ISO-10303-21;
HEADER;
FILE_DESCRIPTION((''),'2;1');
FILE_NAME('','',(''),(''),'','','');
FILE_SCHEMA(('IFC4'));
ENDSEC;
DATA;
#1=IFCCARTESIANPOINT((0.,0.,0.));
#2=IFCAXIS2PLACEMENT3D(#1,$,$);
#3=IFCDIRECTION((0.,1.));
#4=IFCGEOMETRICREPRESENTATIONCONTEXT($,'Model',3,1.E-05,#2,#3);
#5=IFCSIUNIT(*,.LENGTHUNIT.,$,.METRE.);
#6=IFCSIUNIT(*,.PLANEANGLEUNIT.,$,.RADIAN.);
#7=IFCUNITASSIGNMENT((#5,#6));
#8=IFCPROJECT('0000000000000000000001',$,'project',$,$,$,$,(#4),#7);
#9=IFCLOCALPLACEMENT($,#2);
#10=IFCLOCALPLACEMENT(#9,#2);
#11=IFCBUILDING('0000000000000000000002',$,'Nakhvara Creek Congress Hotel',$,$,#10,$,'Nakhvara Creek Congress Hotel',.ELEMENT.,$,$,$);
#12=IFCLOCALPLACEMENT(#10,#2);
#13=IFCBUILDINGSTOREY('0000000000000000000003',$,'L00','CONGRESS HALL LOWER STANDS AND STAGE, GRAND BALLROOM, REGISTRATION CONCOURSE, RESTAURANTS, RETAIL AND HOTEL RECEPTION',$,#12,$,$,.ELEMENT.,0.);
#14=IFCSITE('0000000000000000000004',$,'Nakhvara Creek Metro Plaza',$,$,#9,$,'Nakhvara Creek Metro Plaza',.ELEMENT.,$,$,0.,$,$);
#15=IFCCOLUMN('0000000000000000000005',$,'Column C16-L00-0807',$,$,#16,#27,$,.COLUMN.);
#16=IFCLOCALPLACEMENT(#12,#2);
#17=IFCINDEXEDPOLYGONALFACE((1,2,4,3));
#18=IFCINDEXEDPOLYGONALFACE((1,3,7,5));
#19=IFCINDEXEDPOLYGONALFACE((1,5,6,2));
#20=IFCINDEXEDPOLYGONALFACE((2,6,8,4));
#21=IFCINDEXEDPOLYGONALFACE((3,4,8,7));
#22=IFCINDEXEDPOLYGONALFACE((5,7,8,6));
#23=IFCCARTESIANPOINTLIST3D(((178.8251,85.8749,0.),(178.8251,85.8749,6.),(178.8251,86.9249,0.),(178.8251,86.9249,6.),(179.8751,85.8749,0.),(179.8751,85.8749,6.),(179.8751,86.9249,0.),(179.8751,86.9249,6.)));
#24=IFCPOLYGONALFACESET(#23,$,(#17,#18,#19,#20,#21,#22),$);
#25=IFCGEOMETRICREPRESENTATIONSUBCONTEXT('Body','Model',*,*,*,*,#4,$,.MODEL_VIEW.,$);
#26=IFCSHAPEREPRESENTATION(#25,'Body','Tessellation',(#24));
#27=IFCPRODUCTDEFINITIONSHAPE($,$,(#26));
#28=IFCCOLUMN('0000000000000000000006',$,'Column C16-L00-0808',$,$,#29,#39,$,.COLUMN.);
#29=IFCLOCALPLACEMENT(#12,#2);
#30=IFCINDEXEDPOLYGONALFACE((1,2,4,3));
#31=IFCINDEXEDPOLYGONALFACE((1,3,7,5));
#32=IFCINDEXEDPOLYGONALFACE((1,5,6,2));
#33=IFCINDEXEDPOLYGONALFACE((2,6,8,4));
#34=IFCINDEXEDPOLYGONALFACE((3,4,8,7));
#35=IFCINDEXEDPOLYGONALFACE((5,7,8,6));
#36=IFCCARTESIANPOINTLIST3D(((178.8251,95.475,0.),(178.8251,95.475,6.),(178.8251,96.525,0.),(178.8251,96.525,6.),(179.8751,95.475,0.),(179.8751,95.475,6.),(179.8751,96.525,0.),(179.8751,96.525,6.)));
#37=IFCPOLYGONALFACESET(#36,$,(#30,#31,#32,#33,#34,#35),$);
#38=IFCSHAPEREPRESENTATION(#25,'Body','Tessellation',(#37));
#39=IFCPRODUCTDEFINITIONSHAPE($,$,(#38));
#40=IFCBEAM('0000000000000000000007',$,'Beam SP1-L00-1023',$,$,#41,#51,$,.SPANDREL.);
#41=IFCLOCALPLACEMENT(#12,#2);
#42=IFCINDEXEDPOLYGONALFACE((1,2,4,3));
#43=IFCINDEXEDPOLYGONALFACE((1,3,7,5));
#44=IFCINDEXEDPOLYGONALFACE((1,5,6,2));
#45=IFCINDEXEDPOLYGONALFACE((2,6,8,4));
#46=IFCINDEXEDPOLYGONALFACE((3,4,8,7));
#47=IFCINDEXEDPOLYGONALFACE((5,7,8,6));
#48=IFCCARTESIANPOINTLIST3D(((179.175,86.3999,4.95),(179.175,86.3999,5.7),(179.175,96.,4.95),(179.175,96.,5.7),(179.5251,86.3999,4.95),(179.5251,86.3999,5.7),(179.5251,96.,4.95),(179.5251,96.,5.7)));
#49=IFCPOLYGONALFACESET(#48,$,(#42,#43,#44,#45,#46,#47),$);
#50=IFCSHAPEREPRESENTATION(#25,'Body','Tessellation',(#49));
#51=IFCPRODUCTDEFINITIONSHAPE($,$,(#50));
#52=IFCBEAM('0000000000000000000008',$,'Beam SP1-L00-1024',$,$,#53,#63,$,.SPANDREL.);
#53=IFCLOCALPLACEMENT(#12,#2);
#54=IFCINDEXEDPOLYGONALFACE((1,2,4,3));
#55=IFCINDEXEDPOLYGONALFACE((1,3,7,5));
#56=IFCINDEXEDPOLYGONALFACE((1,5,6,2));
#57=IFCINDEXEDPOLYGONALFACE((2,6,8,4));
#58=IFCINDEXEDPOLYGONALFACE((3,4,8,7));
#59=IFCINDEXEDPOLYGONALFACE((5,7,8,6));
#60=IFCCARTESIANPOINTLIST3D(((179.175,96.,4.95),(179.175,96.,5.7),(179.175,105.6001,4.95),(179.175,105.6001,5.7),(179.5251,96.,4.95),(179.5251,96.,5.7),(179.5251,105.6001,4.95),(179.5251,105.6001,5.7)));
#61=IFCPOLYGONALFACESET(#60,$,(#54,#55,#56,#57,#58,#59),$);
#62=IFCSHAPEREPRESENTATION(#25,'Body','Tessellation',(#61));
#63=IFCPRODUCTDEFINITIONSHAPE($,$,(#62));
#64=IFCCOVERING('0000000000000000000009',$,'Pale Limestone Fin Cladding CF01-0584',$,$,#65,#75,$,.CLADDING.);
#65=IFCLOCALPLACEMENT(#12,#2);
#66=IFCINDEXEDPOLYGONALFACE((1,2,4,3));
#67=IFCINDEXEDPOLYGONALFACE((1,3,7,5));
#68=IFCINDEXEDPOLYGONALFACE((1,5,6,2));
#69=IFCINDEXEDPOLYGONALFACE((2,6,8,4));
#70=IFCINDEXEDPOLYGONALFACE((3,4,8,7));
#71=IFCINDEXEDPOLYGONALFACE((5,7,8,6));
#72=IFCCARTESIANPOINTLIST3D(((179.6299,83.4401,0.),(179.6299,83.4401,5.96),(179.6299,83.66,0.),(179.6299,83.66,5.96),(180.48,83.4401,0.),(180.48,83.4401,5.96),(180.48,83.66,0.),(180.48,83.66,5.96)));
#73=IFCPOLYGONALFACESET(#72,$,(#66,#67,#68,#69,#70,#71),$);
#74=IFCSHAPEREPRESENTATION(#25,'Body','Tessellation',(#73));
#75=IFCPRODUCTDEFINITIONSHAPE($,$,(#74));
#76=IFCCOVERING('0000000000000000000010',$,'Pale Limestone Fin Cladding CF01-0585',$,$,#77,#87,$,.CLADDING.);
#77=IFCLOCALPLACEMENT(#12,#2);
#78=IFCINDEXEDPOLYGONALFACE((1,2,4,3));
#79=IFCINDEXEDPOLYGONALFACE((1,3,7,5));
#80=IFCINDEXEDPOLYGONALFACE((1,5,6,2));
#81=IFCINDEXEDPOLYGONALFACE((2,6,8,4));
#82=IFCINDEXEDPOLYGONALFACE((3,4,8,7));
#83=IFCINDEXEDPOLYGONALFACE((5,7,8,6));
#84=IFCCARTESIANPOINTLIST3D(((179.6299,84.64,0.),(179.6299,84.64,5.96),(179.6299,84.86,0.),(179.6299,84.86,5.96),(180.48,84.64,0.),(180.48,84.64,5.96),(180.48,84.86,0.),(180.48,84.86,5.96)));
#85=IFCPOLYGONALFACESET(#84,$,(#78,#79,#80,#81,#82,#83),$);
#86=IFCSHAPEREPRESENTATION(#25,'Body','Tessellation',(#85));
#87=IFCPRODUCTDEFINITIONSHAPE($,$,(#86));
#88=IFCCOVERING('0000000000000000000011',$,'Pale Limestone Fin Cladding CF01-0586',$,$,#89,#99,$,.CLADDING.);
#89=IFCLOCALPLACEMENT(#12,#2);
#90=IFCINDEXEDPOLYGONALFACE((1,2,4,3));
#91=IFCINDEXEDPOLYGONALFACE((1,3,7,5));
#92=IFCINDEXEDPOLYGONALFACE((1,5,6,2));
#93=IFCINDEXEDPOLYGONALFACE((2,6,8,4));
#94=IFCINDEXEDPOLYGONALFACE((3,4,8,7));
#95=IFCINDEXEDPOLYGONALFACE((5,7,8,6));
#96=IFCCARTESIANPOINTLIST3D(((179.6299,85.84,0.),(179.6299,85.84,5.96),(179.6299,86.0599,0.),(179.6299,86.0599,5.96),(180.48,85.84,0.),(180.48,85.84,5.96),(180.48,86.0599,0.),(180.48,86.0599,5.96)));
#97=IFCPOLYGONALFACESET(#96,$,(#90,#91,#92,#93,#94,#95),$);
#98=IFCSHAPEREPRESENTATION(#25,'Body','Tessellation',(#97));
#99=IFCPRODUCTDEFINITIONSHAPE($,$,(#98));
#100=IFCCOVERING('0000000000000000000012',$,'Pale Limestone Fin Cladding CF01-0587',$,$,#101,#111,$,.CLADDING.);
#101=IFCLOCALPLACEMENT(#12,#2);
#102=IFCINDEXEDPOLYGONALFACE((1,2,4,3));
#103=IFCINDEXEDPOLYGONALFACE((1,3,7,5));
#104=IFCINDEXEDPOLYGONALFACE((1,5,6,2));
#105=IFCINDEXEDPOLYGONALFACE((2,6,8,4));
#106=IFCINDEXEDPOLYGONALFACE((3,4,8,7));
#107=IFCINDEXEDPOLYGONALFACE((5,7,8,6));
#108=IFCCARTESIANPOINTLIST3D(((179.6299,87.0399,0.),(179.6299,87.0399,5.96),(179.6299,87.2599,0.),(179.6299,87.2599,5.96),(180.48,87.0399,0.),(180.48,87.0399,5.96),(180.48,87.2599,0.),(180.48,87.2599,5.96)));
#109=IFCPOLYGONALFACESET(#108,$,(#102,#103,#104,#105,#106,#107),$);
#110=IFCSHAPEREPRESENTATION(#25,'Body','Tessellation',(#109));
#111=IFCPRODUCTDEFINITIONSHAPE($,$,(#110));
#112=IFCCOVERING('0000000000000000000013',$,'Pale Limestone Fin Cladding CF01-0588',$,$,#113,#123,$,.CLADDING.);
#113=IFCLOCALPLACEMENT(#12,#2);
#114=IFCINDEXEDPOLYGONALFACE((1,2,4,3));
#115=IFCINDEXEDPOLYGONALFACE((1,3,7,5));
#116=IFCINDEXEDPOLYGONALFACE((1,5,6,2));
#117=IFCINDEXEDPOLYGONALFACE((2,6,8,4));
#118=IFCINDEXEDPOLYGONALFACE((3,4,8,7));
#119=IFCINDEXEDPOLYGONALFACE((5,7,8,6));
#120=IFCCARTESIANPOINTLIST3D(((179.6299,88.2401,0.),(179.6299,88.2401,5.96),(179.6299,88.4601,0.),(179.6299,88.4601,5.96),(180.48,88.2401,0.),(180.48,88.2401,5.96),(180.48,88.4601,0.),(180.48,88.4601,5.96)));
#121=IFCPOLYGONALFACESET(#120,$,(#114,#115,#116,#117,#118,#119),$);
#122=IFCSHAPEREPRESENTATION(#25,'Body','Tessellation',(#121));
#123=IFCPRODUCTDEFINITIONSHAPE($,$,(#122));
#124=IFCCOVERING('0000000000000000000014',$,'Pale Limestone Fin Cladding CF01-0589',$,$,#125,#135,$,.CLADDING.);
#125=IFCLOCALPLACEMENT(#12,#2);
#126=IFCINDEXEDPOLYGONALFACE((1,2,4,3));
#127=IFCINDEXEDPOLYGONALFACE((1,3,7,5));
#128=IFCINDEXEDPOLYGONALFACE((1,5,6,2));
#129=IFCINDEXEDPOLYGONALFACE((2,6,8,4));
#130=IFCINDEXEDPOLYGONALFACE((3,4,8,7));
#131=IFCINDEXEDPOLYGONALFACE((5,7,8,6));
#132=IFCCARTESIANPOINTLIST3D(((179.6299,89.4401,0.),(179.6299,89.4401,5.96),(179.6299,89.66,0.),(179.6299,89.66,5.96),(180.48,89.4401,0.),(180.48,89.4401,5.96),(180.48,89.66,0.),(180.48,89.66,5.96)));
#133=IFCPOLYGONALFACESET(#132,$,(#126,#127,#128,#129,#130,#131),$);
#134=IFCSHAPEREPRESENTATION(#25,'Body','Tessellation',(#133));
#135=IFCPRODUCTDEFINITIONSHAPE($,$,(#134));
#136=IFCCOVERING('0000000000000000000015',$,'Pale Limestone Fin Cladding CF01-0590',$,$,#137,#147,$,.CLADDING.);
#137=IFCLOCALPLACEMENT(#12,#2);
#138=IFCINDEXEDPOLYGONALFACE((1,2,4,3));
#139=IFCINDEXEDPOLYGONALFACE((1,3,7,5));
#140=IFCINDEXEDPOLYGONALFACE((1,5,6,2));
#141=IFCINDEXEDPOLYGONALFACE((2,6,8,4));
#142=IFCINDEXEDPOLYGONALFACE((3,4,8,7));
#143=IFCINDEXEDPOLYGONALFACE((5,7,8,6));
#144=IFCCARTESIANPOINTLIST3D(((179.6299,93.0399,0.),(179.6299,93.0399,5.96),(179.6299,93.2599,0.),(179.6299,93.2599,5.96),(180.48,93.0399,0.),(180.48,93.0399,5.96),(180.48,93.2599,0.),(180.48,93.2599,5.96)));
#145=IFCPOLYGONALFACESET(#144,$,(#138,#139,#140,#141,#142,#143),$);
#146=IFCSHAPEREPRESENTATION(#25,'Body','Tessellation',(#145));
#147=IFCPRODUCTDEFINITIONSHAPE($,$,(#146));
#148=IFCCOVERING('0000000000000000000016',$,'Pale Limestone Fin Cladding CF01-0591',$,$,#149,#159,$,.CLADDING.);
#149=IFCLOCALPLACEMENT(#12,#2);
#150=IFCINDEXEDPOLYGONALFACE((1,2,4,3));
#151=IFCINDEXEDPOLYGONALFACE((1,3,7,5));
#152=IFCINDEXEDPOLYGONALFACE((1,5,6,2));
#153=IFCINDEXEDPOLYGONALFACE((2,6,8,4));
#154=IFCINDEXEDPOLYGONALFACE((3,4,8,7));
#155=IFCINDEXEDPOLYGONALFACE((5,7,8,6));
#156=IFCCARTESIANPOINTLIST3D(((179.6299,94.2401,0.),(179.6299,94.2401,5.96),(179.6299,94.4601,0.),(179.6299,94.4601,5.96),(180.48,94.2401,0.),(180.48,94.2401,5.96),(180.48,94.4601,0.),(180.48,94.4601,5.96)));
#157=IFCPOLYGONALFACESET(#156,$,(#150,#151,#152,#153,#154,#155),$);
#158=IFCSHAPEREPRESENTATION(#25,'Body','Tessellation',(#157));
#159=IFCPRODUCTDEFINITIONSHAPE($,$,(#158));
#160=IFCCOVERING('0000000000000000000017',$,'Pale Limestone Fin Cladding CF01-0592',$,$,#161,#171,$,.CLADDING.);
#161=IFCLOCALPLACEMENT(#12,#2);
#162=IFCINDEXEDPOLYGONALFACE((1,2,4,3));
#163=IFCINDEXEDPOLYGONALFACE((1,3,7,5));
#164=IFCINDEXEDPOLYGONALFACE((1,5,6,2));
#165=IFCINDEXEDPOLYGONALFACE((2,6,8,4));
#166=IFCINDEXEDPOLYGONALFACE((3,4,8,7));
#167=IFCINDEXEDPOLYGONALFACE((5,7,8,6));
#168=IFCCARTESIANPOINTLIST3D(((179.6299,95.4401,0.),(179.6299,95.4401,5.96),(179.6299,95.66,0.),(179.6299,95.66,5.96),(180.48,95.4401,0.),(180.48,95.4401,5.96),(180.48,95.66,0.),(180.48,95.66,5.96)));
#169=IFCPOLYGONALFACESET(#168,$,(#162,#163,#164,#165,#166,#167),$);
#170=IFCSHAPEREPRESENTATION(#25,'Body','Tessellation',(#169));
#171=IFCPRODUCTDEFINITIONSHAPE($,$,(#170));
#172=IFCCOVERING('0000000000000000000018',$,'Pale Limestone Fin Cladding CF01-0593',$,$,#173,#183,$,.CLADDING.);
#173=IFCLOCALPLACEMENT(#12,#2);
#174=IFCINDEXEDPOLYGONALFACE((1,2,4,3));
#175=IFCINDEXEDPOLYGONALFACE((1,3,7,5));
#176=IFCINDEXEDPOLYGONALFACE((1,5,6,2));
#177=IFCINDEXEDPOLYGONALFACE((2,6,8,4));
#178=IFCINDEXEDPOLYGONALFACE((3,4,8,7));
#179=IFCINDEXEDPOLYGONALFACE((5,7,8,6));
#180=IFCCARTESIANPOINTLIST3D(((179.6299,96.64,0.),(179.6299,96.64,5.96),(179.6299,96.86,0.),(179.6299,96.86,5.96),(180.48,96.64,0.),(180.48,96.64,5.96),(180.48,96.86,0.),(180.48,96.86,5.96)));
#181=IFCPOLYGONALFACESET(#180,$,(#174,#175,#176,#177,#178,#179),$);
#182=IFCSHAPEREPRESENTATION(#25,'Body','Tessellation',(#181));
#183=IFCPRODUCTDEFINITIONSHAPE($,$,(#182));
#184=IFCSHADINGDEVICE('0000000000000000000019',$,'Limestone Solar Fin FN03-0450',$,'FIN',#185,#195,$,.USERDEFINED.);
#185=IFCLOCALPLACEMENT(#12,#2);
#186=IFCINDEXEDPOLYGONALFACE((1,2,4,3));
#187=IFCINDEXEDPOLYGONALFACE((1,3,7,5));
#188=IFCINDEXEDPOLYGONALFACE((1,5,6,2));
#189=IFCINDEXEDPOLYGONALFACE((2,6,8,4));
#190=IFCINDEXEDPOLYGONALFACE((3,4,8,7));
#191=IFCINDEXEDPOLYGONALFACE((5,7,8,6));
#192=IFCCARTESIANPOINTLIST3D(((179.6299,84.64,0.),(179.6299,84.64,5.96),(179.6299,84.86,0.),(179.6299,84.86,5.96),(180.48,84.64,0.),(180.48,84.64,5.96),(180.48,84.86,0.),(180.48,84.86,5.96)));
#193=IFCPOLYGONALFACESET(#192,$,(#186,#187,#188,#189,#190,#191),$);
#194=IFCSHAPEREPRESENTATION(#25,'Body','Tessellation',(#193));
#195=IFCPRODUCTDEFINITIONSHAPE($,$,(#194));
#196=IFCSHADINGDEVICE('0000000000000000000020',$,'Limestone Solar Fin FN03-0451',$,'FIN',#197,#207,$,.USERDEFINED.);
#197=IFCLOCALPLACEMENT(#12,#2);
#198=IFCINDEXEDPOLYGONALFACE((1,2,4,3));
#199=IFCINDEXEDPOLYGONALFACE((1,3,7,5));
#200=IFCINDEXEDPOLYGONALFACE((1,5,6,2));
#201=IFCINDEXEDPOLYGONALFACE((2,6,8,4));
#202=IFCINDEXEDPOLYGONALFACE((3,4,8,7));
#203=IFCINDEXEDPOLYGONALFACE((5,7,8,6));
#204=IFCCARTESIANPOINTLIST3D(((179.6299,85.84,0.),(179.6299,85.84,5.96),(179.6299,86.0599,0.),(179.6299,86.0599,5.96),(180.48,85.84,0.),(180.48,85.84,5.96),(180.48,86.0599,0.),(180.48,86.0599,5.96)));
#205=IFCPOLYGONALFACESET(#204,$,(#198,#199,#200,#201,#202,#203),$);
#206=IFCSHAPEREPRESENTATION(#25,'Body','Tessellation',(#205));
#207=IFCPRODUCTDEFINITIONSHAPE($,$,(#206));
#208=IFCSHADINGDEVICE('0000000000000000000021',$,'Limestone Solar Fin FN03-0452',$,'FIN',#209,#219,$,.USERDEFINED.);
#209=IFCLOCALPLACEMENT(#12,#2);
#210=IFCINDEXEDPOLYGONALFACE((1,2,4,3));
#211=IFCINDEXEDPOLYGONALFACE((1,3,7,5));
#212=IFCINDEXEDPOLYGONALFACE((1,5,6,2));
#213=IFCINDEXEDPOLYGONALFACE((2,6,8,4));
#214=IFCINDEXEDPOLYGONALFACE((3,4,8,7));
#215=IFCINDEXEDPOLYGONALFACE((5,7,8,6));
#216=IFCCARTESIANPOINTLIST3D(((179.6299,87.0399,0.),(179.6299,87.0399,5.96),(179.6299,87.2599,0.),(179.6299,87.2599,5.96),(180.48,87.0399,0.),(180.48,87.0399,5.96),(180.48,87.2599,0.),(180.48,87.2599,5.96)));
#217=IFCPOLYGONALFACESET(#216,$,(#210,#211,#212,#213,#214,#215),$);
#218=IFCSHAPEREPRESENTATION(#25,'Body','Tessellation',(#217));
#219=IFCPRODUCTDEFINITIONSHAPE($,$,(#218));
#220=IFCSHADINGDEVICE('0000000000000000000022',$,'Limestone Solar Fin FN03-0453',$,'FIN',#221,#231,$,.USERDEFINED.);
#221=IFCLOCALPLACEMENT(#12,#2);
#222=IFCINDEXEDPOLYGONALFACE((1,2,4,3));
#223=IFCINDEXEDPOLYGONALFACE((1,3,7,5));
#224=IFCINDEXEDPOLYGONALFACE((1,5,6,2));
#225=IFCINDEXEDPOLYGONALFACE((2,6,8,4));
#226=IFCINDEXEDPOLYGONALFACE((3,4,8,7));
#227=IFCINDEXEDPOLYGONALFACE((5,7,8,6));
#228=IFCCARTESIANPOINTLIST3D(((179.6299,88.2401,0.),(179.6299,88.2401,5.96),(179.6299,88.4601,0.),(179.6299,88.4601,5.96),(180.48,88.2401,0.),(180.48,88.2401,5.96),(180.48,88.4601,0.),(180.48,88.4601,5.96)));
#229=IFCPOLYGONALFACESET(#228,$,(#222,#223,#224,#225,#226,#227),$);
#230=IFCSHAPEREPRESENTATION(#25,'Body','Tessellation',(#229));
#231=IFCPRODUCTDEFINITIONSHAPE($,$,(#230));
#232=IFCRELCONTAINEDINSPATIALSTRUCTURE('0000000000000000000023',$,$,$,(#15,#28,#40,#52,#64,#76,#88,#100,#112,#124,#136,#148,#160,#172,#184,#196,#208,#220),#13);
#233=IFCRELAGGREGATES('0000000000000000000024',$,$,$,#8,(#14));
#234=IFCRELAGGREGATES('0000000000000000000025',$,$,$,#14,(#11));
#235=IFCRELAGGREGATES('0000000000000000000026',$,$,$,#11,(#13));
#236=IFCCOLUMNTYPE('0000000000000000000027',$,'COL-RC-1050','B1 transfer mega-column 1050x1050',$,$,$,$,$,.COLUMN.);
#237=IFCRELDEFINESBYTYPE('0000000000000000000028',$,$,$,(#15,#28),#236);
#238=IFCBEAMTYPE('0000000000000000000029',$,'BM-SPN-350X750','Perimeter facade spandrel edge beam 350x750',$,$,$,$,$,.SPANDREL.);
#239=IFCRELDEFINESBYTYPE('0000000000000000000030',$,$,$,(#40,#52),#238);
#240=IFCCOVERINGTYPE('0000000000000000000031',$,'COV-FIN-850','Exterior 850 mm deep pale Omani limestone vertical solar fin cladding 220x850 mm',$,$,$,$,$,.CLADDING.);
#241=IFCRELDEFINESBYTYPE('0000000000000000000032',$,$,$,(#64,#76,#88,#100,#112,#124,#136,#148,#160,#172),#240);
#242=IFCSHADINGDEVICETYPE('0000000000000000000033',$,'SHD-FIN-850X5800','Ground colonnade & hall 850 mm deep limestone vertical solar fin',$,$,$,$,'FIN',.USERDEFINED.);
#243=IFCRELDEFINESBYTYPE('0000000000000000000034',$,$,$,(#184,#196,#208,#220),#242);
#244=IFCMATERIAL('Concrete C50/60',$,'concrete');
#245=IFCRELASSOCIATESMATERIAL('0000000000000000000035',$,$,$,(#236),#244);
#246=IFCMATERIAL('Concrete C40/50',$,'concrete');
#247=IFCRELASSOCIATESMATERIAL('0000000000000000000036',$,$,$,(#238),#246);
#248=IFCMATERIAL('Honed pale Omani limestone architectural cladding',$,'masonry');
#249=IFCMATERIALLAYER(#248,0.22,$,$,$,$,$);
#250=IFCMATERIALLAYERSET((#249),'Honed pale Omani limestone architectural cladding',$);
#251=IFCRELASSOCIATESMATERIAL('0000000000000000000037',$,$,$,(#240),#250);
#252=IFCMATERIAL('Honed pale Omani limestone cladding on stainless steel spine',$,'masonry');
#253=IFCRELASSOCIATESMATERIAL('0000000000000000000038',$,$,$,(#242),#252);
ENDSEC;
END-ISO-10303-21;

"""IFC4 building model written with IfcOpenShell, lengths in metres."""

from ifc_helpers import new_model, si_unit, direction, frame, origin, origin_2d, place, context, subcontext, project, spatial, rectangle, extrude, material, layer, layer_set, material_profile, profile_set, type_object, element, save


model = new_model("IFC4")

# Units and contexts
model_context = context("Model", 3, precision=1e-05, world=origin(), true_north=direction((0.0, 1.0)))
body_context = subcontext(model_context, "Body", "Model", "MODEL_VIEW")
ifc_project = project(units=[si_unit("LENGTHUNIT", "METRE"), si_unit("PLANEANGLEUNIT", "RADIAN")], contexts=[model_context])

# Site, building, storey
site_placement = place(None, origin())
site = spatial("IfcSite", under=ifc_project, at=site_placement, Name="Nakhvara Creek Metro Plaza", LongName="Nakhvara Creek Metro Plaza", CompositionType="ELEMENT", RefElevation=0.0)
building_placement = place(site_placement, origin())
building = spatial("IfcBuilding", under=site, at=building_placement, Name="Nakhvara Creek Congress Hotel", LongName="Nakhvara Creek Congress Hotel", CompositionType="ELEMENT")
storey_placement = place(building_placement, origin())
storey = spatial("IfcBuildingStorey", under=building, at=storey_placement, Name="L00", Description="CONGRESS HALL LOWER STANDS AND STAGE, GRAND BALLROOM, REGISTRATION CONCOURSE, RESTAURANTS, RETAIL AND HOTEL RECEPTION", CompositionType="ELEMENT", Elevation=0.0)

# Columns
ifc_material_1 = material(Name="Concrete C50/60", Category="concrete")
ifc_material_profile_1 = material_profile(ifc_material_1, rectangle(XDim=1.05, YDim=1.05, at=origin_2d()), Name="RC-COL 1050x1050", Category="LoadBearing")
ifc_profile_set_1 = profile_set([ifc_material_profile_1], Name="Concrete C50/60")
column_type = type_object("IfcColumnType", Name="COL-RC-1050", Description="B1 transfer mega-column 1050x1050", PredefinedType="COLUMN", material=ifc_profile_set_1)
for number, where, z_axis, x_axis, name in (
    (1, (179.3501, 86.3999, 0.0), (0.0, 0.0, 1.0), (1.0, 0.0, 0.0), "Column C16-L00-0807"),
    (2, (179.3501, 96.0, 0.0), (0.0, 0.0, 1.0), (1.0, 0.0, 0.0), "Column C16-L00-0808"),
):
    element("IfcColumn", number, at=place(storey_placement, frame(where, z_axis=z_axis, x_axis=x_axis)), inside=storey, type_object=column_type, Name=name, PredefinedType="COLUMN", context=body_context, shape_type="SweptSolid", body=[
        extrude(rectangle(XDim=1.05, YDim=1.05, at=origin_2d()), origin(), (0.0, 0.0, 1.0), 6.0),
    ])

# Beams
ifc_material_2 = material(Name="Concrete C40/50", Category="concrete")
ifc_material_profile_2 = material_profile(ifc_material_2, rectangle(XDim=0.3501, YDim=0.75, at=origin_2d()), Name="RC-SPANDREL 350x750", Category="LoadBearing")
ifc_profile_set_2 = profile_set([ifc_material_profile_2], Name="Concrete C40/50")
beam_type = type_object("IfcBeamType", Name="BM-SPN-350X750", Description="Perimeter facade spandrel edge beam 350x750", PredefinedType="SPANDREL", material=ifc_profile_set_2)
for number, where, z_axis, x_axis, name in (
    (3, (179.3501, 86.3999, 5.325), (0.0, 1.0, 0.0), (-1.0, 0.0, 0.0), "Beam SP1-L00-1023"),
    (4, (179.3501, 96.0, 5.325), (0.0, 1.0, 0.0), (-1.0, 0.0, 0.0), "Beam SP1-L00-1024"),
):
    element("IfcBeam", number, at=place(storey_placement, frame(where, z_axis=z_axis, x_axis=x_axis)), inside=storey, type_object=beam_type, Name=name, PredefinedType="SPANDREL", context=body_context, shape_type="SweptSolid", body=[
        extrude(rectangle(XDim=0.3501, YDim=0.75, at=origin_2d()), origin(), (0.0, 0.0, 1.0), 9.6001),
    ])

# Coverings
ifc_material_3 = material(Name="Honed pale Omani limestone architectural cladding", Category="masonry")
ifc_layer = layer(ifc_material_3, 0.22)
ifc_layer_set = layer_set([ifc_layer], Name="Honed pale Omani limestone architectural cladding")
covering_type = type_object("IfcCoveringType", Name="COV-FIN-850", Description="Exterior 850 mm deep pale Omani limestone vertical solar fin cladding 220x850 mm", PredefinedType="CLADDING", material=ifc_layer_set)
for number, where, z_axis, x_axis, name in (
    (5, (180.0549, 83.55, 0.0), (0.0, 0.0, 1.0), (0.0, 1.0, 0.0), "Pale Limestone Fin Cladding CF01-0584"),
    (6, (180.0549, 84.75, 0.0), (0.0, 0.0, 1.0), (0.0, 1.0, 0.0), "Pale Limestone Fin Cladding CF01-0585"),
    (7, (180.0549, 85.95, 0.0), (0.0, 0.0, 1.0), (0.0, 1.0, 0.0), "Pale Limestone Fin Cladding CF01-0586"),
    (8, (180.0549, 87.1499, 0.0), (0.0, 0.0, 1.0), (0.0, 1.0, 0.0), "Pale Limestone Fin Cladding CF01-0587"),
    (9, (180.0549, 88.3501, 0.0), (0.0, 0.0, 1.0), (0.0, 1.0, 0.0), "Pale Limestone Fin Cladding CF01-0588"),
    (10, (180.0549, 89.55, 0.0), (0.0, 0.0, 1.0), (0.0, 1.0, 0.0), "Pale Limestone Fin Cladding CF01-0589"),
    (11, (180.0549, 93.1499, 0.0), (0.0, 0.0, 1.0), (0.0, 1.0, 0.0), "Pale Limestone Fin Cladding CF01-0590"),
    (12, (180.0549, 94.3501, 0.0), (0.0, 0.0, 1.0), (0.0, 1.0, 0.0), "Pale Limestone Fin Cladding CF01-0591"),
    (13, (180.0549, 95.55, 0.0), (0.0, 0.0, 1.0), (0.0, 1.0, 0.0), "Pale Limestone Fin Cladding CF01-0592"),
    (14, (180.0549, 96.75, 0.0), (0.0, 0.0, 1.0), (0.0, 1.0, 0.0), "Pale Limestone Fin Cladding CF01-0593"),
):
    element("IfcCovering", number, at=place(storey_placement, frame(where, z_axis=z_axis, x_axis=x_axis)), inside=storey, type_object=covering_type, Name=name, PredefinedType="CLADDING", context=body_context, shape_type="SweptSolid", body=[
        extrude(rectangle(XDim=0.22, YDim=0.8501, at=origin_2d()), origin(), (0.0, 0.0, 1.0), 5.96),
    ])

# Shading devices
ifc_material_4 = material(Name="Honed pale Omani limestone cladding on stainless steel spine", Category="masonry")
shading_device_type = type_object("IfcShadingDeviceType", Name="SHD-FIN-850X5800", Description="Ground colonnade & hall 850 mm deep limestone vertical solar fin", ElementType="FIN", PredefinedType="USERDEFINED", material=ifc_material_4)
for number, where, z_axis, x_axis, name in (
    (15, (180.0549, 84.75, 0.0), (0.0, 0.0, 1.0), (0.0, 1.0, 0.0), "Limestone Solar Fin FN03-0450"),
    (16, (180.0549, 85.95, 0.0), (0.0, 0.0, 1.0), (0.0, 1.0, 0.0), "Limestone Solar Fin FN03-0451"),
    (17, (180.0549, 87.1499, 0.0), (0.0, 0.0, 1.0), (0.0, 1.0, 0.0), "Limestone Solar Fin FN03-0452"),
    (18, (180.0549, 88.3501, 0.0), (0.0, 0.0, 1.0), (0.0, 1.0, 0.0), "Limestone Solar Fin FN03-0453"),
):
    element("IfcShadingDevice", number, at=place(storey_placement, frame(where, z_axis=z_axis, x_axis=x_axis)), inside=storey, type_object=shading_device_type, Name=name, ObjectType="FIN", PredefinedType="USERDEFINED", context=body_context, shape_type="SweptSolid", body=[
        extrude(rectangle(XDim=0.22, YDim=0.8501, at=origin_2d()), origin(), (0.0, 0.0, 1.0), 5.96),
    ])

save(model, "model.ifc")
